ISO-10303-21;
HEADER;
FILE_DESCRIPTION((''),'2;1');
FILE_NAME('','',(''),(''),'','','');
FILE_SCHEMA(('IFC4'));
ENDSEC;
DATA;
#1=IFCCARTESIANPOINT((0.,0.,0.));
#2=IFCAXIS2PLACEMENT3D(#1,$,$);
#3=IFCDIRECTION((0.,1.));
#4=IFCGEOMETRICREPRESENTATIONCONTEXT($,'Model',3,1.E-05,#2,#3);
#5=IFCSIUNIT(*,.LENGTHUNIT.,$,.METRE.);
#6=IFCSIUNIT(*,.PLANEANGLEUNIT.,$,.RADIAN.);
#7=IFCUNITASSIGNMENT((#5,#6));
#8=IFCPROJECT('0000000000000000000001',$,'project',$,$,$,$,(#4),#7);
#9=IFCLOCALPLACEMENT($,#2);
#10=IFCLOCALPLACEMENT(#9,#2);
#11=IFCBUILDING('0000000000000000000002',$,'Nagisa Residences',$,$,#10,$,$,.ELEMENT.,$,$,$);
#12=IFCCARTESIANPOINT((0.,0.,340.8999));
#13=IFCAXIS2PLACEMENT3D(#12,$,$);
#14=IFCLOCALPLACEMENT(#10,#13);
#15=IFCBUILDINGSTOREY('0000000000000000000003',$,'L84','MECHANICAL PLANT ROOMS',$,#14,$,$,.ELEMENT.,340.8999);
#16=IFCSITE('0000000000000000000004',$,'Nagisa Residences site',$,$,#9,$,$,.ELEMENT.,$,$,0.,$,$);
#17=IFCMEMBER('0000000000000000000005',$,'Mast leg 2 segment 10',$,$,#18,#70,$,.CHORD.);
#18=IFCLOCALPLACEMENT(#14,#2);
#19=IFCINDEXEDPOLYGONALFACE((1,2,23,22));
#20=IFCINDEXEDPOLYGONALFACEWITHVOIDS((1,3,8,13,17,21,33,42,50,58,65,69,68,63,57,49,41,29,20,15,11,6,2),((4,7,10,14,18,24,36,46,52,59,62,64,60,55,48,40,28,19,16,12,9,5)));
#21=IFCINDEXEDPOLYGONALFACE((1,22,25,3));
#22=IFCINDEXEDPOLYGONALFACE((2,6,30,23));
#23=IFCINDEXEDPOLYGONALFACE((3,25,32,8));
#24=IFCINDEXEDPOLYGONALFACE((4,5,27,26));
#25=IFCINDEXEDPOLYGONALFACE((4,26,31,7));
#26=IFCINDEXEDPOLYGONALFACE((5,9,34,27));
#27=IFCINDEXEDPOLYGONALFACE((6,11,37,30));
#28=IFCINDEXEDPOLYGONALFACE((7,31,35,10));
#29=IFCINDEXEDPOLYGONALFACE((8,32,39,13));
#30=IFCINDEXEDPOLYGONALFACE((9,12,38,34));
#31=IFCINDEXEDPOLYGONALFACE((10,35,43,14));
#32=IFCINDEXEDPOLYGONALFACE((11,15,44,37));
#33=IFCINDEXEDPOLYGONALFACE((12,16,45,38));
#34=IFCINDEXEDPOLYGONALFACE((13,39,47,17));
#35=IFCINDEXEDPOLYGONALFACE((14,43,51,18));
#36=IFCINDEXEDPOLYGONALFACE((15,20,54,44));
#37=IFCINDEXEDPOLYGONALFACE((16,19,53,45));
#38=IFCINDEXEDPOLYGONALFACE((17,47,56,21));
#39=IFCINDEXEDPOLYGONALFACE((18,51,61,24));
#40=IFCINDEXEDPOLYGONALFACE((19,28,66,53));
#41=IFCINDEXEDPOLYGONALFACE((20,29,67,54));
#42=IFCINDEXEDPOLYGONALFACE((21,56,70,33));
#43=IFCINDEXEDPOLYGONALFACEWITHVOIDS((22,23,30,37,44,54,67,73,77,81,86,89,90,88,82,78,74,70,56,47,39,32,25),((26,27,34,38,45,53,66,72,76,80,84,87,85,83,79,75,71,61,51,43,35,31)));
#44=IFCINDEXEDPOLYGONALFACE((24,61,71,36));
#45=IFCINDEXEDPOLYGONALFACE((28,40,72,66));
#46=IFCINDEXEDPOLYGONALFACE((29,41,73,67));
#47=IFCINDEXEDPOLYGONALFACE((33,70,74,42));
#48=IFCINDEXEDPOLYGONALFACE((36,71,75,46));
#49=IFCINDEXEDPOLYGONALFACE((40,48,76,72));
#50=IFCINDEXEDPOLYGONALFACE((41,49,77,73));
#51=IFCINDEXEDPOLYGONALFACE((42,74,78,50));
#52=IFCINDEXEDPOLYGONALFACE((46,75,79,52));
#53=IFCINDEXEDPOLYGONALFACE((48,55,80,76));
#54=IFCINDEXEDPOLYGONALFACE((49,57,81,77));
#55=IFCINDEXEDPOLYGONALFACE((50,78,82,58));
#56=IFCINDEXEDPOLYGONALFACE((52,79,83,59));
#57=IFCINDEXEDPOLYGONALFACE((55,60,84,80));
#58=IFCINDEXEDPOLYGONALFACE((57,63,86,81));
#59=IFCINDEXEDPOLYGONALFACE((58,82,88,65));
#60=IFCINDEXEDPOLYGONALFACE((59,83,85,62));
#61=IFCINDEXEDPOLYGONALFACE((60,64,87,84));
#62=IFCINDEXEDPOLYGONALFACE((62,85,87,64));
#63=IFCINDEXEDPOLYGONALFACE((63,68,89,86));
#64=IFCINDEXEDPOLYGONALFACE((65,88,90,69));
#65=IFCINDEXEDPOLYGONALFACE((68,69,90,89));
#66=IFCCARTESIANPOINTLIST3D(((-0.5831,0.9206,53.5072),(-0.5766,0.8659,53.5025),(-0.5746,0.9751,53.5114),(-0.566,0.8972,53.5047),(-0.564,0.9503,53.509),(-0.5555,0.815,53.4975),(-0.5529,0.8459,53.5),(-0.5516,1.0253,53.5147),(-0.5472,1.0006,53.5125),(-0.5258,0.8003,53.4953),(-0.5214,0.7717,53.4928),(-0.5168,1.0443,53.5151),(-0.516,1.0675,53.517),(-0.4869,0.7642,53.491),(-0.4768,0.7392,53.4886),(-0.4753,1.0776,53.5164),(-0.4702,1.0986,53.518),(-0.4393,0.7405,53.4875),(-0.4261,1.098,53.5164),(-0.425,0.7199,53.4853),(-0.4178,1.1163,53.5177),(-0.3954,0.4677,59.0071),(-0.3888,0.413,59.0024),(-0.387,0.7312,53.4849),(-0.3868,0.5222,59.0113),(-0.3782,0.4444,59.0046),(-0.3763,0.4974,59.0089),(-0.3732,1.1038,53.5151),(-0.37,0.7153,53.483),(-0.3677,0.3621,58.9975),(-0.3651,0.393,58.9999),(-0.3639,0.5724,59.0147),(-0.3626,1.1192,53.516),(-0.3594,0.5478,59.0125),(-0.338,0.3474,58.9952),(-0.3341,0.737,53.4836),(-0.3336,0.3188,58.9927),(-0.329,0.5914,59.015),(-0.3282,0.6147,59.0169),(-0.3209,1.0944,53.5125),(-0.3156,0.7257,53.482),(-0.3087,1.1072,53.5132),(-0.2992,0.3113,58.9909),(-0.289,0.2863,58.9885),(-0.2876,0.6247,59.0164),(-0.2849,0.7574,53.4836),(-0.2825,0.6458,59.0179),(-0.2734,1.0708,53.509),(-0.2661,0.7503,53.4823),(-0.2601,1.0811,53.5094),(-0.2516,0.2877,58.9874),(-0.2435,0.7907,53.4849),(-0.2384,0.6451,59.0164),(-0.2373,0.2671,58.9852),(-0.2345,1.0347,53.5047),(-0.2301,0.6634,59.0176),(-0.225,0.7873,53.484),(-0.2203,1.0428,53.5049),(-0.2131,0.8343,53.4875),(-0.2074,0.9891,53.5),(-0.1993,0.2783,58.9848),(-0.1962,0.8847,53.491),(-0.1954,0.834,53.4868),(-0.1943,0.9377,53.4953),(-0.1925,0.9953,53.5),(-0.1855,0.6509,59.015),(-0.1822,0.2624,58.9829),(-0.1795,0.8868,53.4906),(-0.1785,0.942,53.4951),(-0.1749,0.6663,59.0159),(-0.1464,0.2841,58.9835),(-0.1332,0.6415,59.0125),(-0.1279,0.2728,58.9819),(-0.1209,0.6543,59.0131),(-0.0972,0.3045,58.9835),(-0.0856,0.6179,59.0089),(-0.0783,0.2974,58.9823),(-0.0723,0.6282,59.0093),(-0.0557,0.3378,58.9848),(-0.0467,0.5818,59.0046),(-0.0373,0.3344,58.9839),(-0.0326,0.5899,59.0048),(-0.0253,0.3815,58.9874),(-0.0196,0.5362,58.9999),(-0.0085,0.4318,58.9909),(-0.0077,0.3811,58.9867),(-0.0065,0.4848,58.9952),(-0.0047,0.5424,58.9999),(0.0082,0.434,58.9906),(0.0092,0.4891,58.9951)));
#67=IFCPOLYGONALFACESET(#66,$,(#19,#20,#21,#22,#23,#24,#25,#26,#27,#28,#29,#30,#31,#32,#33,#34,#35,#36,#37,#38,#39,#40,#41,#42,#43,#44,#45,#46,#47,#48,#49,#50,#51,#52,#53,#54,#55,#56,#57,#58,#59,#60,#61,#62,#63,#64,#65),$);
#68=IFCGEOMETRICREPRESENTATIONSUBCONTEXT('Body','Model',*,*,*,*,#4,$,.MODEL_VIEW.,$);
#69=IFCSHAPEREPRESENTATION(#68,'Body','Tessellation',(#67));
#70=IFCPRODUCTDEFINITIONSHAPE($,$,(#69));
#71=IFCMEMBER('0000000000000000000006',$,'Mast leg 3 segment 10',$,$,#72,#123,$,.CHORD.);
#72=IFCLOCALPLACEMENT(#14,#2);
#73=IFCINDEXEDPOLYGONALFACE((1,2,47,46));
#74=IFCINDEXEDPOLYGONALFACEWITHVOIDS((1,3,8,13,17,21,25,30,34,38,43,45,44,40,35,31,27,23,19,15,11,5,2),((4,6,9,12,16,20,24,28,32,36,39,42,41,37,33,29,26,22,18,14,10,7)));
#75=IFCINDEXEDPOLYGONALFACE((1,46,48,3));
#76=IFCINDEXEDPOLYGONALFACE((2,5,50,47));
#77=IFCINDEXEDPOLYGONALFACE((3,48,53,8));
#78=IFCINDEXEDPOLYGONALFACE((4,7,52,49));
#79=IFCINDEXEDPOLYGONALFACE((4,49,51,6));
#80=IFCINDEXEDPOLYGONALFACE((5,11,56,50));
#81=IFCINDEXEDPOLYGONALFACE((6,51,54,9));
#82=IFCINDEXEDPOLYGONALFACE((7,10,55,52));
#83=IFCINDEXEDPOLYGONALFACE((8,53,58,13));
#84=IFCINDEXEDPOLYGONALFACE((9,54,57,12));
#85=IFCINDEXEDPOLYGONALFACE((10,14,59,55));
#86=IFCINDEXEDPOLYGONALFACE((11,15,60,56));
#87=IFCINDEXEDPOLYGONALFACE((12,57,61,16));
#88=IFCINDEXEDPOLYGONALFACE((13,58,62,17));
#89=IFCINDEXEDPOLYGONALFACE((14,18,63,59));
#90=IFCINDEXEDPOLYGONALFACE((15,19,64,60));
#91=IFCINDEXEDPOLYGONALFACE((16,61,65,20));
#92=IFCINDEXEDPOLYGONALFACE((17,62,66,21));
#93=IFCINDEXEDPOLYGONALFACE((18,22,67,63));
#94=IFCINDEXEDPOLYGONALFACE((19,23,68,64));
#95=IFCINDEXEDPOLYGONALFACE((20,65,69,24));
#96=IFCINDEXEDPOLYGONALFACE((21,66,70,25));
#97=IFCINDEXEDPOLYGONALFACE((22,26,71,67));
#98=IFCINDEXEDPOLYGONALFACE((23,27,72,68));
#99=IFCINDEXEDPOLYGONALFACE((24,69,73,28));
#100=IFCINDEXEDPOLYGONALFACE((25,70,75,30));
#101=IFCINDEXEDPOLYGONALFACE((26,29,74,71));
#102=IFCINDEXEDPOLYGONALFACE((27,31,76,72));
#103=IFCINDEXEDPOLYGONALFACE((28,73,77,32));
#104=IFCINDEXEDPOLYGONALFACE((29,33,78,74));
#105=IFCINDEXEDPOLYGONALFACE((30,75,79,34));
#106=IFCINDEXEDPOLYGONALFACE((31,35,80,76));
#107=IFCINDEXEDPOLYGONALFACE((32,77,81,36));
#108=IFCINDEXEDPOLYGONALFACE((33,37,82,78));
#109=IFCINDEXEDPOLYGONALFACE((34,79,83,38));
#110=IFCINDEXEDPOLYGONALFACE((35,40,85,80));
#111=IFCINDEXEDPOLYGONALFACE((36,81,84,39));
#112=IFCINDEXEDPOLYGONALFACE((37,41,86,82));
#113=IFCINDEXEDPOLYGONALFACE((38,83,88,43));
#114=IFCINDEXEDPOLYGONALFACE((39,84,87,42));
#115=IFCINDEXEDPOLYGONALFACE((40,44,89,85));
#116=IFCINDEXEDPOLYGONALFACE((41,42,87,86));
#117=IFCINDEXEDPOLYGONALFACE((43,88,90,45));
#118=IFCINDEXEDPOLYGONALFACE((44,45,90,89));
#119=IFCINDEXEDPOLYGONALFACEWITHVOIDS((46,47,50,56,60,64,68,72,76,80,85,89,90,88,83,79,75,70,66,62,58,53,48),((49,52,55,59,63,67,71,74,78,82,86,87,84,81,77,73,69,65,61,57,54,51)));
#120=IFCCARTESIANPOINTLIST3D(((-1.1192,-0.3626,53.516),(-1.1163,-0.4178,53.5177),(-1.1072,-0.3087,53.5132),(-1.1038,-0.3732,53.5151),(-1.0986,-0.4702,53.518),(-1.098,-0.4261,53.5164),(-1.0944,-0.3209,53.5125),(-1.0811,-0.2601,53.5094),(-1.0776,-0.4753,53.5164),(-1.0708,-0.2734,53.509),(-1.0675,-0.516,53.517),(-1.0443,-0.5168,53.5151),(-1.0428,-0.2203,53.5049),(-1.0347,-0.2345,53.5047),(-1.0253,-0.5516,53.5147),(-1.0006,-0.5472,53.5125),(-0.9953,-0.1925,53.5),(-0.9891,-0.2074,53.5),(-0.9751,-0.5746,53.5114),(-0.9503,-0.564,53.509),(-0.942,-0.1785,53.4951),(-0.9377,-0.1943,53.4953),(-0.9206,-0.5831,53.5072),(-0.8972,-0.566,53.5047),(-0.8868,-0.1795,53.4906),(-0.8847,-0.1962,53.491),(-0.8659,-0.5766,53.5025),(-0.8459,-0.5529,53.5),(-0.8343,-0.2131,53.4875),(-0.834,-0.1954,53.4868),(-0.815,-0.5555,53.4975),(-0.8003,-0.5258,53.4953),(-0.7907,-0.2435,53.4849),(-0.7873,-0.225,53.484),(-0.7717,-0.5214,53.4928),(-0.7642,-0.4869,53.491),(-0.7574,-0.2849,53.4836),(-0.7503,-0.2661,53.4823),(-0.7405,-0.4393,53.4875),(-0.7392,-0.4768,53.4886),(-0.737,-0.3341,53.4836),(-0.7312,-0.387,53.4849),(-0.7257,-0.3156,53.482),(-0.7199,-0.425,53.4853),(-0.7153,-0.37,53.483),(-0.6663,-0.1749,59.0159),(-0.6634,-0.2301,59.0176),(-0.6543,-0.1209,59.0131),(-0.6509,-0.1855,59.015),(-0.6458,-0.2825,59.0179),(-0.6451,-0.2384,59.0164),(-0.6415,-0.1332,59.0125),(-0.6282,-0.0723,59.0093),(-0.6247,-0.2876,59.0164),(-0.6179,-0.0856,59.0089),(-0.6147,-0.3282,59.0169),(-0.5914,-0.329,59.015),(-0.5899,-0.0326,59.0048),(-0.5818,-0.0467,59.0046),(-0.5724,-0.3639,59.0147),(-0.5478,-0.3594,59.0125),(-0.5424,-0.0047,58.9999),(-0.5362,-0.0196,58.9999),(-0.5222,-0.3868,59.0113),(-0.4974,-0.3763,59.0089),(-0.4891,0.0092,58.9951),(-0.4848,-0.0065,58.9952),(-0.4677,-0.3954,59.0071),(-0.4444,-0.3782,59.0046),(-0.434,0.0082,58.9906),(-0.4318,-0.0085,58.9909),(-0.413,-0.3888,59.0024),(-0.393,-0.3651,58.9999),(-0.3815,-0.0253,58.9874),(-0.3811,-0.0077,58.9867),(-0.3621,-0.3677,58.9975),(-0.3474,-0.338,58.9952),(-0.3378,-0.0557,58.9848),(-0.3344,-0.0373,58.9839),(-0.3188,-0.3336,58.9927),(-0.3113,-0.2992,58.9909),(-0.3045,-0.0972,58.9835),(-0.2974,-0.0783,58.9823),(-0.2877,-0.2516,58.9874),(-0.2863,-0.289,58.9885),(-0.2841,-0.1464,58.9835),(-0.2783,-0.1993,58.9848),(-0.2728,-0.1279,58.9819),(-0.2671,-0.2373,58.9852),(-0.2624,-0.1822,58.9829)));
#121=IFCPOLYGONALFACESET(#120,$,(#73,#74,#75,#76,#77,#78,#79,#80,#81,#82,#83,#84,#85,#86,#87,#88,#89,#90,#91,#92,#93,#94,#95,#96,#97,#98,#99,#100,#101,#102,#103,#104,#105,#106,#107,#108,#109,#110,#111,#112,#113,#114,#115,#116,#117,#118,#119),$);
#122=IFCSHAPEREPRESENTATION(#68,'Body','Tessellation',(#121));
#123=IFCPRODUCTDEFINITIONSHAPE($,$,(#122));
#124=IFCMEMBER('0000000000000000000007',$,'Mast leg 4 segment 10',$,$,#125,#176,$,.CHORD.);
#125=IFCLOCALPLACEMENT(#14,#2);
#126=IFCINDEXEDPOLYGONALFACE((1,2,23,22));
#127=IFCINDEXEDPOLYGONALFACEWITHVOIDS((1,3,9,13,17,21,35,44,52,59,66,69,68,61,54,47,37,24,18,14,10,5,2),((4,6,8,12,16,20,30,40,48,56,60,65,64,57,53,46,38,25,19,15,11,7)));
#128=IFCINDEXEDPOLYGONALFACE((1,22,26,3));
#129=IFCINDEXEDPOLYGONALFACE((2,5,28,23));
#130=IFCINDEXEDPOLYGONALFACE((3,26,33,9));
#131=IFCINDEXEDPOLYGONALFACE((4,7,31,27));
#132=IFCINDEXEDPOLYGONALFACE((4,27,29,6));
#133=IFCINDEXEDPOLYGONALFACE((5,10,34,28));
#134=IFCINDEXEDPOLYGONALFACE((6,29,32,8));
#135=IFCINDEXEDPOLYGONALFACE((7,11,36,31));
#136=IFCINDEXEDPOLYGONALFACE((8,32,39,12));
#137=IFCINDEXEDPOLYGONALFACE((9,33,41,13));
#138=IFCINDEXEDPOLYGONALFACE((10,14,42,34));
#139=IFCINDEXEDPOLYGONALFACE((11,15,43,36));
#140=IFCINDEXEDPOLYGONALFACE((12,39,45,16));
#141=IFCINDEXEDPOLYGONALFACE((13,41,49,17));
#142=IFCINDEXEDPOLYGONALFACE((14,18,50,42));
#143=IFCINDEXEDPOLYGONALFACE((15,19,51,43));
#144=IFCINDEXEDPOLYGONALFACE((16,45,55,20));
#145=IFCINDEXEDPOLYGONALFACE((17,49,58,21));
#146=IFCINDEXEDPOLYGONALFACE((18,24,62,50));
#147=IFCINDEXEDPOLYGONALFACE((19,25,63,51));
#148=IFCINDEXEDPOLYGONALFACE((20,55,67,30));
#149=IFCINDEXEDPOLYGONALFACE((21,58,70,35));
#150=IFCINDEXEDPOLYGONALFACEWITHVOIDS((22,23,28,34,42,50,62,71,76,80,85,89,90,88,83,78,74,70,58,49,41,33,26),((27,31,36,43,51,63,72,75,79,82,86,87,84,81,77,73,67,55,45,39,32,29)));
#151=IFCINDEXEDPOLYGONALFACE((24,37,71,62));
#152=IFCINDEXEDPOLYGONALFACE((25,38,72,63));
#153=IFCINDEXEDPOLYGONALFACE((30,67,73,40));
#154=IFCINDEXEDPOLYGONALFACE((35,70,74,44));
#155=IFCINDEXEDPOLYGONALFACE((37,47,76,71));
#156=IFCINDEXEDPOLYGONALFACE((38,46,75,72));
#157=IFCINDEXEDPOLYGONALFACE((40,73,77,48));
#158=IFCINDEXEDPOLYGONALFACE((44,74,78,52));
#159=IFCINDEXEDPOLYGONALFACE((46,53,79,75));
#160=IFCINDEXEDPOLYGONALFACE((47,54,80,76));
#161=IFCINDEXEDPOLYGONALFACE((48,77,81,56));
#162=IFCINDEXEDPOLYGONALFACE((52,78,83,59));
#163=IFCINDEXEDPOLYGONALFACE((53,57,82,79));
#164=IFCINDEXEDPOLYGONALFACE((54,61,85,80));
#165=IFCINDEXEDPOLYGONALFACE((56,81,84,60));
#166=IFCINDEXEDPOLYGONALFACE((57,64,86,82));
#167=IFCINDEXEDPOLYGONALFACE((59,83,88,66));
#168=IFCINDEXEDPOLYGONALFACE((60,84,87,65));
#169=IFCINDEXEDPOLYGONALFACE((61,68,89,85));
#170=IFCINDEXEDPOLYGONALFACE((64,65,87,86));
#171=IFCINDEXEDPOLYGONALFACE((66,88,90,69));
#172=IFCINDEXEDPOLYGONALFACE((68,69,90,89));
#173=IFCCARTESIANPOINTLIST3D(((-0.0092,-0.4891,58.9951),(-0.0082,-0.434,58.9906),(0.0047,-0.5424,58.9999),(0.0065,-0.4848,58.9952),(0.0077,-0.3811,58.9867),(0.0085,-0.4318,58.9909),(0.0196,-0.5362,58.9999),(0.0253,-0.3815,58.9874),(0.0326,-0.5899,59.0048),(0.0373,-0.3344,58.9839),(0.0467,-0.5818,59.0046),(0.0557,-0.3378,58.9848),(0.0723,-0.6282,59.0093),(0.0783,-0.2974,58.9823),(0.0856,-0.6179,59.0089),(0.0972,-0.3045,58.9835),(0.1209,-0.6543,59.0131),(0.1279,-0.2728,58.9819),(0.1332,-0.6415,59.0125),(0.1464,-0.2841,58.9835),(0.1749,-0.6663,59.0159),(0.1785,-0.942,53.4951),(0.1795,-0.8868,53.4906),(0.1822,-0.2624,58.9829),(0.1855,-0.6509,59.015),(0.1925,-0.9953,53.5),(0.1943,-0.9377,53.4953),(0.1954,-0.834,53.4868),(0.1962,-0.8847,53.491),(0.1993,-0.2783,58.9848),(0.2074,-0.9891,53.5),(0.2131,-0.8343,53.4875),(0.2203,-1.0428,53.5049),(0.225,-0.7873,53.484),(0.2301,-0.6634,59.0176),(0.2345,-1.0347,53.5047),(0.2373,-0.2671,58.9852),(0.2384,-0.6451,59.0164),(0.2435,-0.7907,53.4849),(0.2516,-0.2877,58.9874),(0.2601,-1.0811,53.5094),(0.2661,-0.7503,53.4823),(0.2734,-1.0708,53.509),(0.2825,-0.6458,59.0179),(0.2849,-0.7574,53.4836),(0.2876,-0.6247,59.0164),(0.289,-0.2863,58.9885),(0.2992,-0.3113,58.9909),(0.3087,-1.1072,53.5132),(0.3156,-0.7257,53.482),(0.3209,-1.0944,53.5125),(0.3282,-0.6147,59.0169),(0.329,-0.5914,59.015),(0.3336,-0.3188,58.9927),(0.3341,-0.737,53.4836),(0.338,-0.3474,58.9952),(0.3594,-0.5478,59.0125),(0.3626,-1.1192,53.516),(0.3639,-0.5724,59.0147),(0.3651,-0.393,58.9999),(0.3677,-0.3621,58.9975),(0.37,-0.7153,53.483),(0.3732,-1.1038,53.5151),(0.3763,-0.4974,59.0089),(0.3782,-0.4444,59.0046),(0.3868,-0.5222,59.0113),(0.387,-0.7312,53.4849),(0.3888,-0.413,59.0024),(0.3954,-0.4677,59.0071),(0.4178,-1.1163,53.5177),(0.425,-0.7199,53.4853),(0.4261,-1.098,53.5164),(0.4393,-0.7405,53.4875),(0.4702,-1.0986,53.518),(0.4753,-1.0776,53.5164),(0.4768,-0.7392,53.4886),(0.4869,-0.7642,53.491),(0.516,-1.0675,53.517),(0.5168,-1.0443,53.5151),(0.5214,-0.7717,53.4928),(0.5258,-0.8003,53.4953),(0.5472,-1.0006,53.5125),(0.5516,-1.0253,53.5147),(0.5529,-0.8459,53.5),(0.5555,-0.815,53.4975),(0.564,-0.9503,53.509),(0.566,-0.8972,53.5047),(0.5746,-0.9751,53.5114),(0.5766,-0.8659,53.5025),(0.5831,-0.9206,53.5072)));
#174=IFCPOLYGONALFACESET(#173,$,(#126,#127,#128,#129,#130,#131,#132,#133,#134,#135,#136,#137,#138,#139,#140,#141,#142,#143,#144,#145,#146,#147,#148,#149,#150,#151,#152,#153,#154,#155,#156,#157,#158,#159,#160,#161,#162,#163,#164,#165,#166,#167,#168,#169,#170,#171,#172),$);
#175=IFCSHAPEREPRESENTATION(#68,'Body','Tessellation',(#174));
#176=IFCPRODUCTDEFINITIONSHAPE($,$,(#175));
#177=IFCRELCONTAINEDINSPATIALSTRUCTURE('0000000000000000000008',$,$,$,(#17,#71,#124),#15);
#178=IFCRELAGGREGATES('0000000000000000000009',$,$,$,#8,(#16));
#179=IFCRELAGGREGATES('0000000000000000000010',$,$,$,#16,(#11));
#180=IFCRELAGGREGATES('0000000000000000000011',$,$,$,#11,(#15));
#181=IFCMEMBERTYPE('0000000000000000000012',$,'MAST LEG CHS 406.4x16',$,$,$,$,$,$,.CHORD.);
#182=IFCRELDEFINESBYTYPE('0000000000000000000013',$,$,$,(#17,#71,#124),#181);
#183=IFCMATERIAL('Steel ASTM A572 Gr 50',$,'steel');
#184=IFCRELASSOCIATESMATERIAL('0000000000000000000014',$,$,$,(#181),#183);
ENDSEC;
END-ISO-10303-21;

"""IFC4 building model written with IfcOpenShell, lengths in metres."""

from ifc_helpers import new_model, si_unit, direction, frame, origin, origin_2d, place, context, subcontext, project, spatial, hollow_circle, extrude, material, material_profile, profile_set, type_object, element, save


model = new_model("IFC4")

# Units and contexts
model_context = context("Model", 3, precision=1e-05, world=origin(), true_north=direction((0.0, 1.0)))
body_context = subcontext(model_context, "Body", "Model", "MODEL_VIEW")
ifc_project = project(units=[si_unit("LENGTHUNIT", "METRE"), si_unit("PLANEANGLEUNIT", "RADIAN")], contexts=[model_context])

# Site, building, storey
site_placement = place(None, origin())
site = spatial("IfcSite", under=ifc_project, at=site_placement, Name="Nagisa Residences site", CompositionType="ELEMENT", RefElevation=0.0)
building_placement = place(site_placement, origin())
building = spatial("IfcBuilding", under=site, at=building_placement, Name="Nagisa Residences", CompositionType="ELEMENT")
storey_placement = place(building_placement, frame((0.0, 0.0, 340.8999)))
storey = spatial("IfcBuildingStorey", under=building, at=storey_placement, Name="L84", Description="MECHANICAL PLANT ROOMS", CompositionType="ELEMENT", Elevation=340.8999)

# Members
ifc_material_1 = material(Name="Steel ASTM A572 Gr 50", Category="steel")
ifc_material_profile_1 = material_profile(ifc_material_1, hollow_circle(Radius=0.2031, WallThickness=0.0161, at=origin_2d()), Name="MAST LEG CHS 406.4x16")
ifc_profile_set_1 = profile_set([ifc_material_profile_1], Name="Steel ASTM A572 Gr 50")
member_type_1 = type_object("IfcMemberType", Name="MAST LEG CHS 406.4x16", PredefinedType="CHORD", material=ifc_profile_set_1)
for number, where, z_axis, x_axis, name in (
    (1, (-0.3801, 0.9175, 53.5), (0.034, -0.082017, 0.996051), (0.923768, 0.382953, 0.0), "Mast leg 2 segment 10"),
    (2, (-0.9175, -0.3801, 53.5), (0.082017, 0.034, 0.996051), (-0.382953, 0.923768, 0.0), "Mast leg 3 segment 10"),
    (3, (0.3801, -0.9175, 53.5), (-0.034, 0.082017, 0.996051), (-0.923768, -0.382953, 0.0), "Mast leg 4 segment 10"),
):
    element("IfcMember", number, at=place(storey_placement, frame(where, z_axis=z_axis, x_axis=x_axis)), inside=storey, type_object=member_type_1, Name=name, PredefinedType="CHORD", context=body_context, shape_type="SweptSolid", body=[
        extrude(hollow_circle(Radius=0.2031, WallThickness=0.0161, at=origin_2d()), origin(), (0.0, 0.0, 1.0), 5.5217),
    ])

save(model, "model.ifc")
